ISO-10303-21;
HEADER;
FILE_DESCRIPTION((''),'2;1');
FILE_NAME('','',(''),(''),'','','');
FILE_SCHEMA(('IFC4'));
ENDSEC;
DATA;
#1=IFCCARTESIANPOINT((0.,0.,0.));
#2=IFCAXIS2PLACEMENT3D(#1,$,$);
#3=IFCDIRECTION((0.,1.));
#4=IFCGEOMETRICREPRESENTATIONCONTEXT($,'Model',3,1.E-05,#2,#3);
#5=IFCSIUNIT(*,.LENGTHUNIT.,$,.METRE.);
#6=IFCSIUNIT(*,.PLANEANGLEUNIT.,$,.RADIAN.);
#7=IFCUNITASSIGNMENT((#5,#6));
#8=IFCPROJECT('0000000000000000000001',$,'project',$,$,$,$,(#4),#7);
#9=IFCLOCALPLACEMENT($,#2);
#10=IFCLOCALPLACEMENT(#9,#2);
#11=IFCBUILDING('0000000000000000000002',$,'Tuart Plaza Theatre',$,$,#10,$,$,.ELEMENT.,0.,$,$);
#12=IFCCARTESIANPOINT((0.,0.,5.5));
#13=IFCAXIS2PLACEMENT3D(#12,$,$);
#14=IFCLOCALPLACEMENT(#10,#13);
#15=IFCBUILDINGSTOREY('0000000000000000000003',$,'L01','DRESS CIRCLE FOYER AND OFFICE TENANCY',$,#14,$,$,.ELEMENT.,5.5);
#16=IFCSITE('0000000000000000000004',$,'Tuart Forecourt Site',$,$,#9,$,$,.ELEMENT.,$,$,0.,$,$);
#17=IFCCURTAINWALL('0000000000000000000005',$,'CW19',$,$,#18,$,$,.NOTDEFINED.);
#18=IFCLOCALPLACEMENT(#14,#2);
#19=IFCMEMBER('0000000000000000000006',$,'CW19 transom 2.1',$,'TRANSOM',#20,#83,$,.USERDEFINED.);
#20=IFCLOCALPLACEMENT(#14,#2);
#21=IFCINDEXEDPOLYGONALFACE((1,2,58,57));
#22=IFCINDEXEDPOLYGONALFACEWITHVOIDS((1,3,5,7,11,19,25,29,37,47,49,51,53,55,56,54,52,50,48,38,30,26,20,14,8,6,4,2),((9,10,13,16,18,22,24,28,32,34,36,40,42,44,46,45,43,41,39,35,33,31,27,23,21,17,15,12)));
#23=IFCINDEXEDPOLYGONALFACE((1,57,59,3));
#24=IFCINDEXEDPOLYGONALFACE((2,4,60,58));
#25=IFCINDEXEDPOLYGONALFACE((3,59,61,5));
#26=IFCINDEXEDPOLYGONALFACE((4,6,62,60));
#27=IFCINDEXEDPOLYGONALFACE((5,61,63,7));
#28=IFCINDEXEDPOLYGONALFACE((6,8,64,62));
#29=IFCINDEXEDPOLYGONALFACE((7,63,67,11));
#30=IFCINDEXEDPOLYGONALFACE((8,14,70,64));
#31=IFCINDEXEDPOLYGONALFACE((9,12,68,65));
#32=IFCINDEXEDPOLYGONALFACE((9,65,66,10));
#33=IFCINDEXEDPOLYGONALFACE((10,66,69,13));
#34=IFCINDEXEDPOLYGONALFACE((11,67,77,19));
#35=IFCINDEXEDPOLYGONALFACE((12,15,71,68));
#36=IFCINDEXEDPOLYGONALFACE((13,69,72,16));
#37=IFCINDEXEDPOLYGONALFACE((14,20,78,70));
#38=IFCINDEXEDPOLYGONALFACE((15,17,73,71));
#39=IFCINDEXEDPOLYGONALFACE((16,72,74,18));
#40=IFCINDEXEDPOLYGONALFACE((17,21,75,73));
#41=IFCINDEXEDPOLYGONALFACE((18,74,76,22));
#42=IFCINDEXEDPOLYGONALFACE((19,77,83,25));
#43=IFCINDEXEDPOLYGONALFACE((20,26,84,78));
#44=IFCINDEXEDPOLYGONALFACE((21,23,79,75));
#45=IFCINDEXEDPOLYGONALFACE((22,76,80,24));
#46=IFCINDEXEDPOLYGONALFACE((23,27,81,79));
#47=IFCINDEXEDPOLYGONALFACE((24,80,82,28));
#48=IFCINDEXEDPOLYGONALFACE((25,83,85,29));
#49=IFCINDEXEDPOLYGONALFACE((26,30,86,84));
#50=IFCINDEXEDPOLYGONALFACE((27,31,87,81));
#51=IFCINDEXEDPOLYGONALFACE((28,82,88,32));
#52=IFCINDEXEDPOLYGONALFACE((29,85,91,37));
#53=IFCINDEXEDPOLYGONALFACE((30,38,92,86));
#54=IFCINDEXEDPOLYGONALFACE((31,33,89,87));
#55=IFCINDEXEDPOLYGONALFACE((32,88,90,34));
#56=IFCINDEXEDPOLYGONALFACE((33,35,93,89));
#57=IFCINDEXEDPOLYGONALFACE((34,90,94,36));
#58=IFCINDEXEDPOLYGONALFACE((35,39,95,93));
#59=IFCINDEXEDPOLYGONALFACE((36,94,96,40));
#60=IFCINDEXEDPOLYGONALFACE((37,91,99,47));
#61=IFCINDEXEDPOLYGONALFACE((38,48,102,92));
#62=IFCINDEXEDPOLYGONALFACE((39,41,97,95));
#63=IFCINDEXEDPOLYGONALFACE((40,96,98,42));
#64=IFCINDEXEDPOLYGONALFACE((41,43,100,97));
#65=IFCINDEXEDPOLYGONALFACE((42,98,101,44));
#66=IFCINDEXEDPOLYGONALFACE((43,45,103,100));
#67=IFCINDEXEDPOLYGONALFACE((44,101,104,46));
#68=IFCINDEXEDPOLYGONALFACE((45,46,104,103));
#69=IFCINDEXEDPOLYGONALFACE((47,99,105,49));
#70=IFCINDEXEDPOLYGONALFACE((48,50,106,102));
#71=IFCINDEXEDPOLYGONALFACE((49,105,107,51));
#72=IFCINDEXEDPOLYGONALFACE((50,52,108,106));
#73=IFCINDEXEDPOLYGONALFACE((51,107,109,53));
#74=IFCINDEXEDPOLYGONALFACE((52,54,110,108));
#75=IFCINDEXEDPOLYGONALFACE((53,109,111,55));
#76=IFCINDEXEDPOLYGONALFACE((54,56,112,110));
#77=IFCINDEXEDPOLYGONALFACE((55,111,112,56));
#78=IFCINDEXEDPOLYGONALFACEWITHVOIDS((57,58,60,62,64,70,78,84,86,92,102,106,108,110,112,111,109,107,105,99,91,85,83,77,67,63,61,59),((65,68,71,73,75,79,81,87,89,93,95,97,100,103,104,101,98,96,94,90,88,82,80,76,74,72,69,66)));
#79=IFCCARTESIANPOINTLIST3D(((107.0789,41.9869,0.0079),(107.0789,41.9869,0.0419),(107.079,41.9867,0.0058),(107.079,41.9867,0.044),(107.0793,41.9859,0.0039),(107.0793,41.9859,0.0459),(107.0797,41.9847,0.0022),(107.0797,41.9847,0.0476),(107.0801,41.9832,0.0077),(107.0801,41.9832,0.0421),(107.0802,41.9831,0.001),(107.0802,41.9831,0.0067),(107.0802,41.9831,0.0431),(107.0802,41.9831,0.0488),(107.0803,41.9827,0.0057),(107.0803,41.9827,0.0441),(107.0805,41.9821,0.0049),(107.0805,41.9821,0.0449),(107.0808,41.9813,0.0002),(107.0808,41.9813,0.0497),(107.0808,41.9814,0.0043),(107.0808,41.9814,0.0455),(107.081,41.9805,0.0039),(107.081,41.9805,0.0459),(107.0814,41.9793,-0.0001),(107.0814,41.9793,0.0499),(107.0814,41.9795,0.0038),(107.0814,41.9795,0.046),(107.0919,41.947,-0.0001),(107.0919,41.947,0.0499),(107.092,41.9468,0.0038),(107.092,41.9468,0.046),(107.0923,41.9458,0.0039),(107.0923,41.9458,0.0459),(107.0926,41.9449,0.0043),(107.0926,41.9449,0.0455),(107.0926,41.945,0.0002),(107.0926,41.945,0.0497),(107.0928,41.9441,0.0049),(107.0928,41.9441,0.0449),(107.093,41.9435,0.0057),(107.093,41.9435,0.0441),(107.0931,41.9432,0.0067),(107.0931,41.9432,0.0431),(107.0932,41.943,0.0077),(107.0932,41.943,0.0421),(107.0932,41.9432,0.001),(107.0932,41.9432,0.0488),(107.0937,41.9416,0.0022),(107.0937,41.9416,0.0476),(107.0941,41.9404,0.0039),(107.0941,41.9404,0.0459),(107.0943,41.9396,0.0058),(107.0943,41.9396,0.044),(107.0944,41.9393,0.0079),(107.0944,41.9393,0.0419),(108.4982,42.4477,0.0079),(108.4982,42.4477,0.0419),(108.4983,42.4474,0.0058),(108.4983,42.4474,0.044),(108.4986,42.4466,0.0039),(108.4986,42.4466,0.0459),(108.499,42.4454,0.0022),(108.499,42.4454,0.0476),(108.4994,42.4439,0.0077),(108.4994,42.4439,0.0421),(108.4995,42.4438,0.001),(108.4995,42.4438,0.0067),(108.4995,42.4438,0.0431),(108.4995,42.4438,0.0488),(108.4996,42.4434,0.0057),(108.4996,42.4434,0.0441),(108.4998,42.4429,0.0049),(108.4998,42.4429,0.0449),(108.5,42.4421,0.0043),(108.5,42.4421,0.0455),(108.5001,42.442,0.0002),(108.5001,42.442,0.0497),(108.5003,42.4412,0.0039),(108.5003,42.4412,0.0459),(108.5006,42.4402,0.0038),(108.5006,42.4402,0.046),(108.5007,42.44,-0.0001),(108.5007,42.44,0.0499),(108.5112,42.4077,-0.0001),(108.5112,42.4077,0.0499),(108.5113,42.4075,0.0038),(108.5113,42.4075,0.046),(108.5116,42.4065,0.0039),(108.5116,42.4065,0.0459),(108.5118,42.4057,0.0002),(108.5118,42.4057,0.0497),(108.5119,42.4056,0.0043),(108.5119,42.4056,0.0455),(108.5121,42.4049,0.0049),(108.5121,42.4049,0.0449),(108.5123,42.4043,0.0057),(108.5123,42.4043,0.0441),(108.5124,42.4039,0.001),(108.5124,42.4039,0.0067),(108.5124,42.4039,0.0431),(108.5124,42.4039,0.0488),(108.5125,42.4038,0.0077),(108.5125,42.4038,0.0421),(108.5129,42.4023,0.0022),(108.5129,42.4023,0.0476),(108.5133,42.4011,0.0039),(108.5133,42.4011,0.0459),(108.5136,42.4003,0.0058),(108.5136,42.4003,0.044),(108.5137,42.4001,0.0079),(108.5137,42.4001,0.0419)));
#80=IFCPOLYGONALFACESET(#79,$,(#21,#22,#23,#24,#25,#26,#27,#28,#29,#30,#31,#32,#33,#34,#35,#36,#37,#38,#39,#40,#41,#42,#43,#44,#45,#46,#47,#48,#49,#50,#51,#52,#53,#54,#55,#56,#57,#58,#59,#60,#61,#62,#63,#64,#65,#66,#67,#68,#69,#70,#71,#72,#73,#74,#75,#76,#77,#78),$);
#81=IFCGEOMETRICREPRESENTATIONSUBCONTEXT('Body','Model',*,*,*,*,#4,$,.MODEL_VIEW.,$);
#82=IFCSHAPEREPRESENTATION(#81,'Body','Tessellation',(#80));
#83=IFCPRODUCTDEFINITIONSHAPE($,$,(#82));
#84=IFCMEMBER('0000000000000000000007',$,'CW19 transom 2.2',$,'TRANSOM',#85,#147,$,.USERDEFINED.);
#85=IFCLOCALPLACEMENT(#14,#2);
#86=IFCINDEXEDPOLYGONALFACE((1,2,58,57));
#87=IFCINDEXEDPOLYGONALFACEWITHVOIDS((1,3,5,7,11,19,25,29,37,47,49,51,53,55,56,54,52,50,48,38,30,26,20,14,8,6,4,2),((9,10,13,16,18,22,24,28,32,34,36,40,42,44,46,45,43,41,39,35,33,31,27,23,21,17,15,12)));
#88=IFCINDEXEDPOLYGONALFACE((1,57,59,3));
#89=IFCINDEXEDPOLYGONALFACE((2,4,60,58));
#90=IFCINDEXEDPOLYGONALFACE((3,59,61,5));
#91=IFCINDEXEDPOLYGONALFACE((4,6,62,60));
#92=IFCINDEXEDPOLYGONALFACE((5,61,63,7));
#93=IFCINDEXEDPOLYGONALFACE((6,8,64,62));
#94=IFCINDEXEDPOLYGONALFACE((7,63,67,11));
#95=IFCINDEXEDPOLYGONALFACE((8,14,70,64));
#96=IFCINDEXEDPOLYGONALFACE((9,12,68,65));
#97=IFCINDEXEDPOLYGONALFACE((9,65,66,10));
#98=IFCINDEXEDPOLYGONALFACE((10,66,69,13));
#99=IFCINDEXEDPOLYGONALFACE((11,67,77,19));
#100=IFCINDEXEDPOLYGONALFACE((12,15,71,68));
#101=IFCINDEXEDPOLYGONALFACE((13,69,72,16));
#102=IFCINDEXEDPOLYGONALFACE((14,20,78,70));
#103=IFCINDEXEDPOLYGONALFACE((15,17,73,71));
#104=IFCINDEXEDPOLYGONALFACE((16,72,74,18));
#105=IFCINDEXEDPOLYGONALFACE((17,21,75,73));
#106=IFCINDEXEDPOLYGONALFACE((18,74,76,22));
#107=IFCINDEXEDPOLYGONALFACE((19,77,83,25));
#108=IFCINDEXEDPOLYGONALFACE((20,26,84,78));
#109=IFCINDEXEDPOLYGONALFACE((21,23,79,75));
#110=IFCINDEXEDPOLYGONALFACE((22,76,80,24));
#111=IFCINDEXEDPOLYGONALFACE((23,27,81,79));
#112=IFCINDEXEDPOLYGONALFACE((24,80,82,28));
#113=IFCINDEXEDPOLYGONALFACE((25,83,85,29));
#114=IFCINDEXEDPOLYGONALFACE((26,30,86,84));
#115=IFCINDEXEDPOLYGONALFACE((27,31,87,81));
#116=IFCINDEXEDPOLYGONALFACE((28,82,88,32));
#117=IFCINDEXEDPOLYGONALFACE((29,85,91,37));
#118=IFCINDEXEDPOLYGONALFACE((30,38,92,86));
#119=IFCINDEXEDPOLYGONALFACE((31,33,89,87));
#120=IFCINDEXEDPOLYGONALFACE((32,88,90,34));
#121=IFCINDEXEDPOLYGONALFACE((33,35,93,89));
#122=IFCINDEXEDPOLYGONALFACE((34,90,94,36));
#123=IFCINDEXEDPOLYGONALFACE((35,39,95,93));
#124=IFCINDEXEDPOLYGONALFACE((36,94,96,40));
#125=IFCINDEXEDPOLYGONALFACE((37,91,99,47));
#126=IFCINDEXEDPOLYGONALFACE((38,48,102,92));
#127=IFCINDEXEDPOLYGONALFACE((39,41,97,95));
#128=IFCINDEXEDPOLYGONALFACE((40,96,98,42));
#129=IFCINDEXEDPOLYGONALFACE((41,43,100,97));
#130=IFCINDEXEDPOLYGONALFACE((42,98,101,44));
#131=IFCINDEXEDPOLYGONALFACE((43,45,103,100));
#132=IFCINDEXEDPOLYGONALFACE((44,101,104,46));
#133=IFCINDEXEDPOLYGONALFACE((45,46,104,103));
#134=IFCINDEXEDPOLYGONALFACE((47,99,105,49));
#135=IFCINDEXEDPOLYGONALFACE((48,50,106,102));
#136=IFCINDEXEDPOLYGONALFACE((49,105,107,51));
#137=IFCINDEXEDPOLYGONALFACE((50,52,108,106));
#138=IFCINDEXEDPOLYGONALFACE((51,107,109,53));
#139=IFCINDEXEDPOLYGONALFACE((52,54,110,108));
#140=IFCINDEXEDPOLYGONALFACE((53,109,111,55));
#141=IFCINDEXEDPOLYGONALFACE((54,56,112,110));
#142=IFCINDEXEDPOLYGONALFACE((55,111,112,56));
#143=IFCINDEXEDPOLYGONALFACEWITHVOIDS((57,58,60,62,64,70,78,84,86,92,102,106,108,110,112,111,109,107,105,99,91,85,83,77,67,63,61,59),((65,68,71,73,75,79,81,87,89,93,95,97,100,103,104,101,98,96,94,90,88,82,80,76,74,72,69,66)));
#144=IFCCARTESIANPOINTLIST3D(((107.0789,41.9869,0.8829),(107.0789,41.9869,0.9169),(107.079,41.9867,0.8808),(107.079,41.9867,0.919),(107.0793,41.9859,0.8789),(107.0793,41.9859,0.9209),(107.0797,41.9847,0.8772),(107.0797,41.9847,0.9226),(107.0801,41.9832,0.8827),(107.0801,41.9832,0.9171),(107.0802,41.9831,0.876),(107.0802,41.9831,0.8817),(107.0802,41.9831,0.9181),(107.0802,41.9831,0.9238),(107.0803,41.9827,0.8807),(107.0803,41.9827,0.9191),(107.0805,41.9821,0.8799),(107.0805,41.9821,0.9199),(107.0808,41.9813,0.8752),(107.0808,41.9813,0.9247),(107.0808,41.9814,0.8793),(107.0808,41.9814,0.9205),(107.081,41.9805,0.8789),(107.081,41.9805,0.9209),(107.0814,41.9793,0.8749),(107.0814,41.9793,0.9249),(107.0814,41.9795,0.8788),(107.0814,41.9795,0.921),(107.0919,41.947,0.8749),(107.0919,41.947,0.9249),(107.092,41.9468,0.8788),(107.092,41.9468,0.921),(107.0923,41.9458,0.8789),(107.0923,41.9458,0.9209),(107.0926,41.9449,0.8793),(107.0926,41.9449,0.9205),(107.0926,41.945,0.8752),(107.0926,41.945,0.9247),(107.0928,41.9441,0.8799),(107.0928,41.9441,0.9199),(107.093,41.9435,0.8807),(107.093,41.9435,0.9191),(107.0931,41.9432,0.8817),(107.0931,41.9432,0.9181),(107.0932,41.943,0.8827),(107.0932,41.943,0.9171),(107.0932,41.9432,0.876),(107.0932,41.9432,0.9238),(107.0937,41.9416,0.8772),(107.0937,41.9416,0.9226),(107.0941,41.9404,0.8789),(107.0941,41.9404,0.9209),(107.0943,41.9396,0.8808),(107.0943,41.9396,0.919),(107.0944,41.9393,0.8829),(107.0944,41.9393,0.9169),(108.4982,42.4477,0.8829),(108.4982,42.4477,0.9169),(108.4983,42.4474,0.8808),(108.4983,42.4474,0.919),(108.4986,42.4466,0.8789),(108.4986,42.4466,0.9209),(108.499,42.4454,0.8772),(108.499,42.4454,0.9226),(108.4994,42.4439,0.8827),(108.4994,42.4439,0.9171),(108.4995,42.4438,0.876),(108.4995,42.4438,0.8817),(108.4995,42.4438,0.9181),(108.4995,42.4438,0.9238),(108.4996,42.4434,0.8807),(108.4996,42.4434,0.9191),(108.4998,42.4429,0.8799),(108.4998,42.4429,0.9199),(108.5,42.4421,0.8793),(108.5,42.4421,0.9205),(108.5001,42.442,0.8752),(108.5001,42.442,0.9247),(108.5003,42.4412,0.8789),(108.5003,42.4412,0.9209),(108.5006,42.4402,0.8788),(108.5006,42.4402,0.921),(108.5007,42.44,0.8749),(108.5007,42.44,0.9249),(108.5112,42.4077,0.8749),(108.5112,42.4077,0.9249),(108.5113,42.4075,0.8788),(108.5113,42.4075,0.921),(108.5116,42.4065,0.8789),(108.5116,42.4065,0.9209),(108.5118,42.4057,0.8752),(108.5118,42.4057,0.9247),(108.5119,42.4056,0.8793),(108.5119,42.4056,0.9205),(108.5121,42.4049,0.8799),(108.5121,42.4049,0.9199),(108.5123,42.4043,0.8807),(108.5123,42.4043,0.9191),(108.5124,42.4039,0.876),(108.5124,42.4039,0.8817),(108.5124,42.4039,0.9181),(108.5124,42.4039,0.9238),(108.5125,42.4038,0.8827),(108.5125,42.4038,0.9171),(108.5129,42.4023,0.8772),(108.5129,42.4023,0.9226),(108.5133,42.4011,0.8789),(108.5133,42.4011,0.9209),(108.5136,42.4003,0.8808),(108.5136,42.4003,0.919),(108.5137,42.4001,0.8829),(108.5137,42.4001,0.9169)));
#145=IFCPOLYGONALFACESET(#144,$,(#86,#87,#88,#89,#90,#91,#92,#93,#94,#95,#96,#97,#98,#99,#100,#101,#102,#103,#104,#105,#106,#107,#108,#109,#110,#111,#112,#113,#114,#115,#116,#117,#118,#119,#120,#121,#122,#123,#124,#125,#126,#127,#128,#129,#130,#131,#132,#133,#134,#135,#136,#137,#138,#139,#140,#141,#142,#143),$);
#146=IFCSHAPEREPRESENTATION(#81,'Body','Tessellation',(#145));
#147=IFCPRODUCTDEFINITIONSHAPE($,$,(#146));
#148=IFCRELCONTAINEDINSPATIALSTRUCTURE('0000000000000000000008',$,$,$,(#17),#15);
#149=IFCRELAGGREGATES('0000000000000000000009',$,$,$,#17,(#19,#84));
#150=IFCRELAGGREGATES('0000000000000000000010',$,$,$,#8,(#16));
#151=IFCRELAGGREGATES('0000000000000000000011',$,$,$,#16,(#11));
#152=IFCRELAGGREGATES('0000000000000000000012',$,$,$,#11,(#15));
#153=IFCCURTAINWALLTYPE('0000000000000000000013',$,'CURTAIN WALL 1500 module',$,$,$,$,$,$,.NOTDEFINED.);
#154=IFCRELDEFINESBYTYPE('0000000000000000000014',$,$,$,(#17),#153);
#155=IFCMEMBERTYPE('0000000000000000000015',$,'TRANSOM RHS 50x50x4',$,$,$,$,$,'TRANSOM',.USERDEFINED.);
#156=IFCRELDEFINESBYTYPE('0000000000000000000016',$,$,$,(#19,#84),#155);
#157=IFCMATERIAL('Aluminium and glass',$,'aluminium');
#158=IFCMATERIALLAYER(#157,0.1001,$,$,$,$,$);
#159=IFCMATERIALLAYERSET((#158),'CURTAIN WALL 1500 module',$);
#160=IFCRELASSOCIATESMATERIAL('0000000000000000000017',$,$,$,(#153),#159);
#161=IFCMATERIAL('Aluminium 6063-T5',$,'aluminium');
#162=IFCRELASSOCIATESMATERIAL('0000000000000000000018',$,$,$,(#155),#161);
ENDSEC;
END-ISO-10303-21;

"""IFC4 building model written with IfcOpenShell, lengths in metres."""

from ifc_helpers import new_model, si_unit, direction, frame, origin, origin_2d, place, context, subcontext, project, spatial, hollow_rectangle, extrude, material, layer, layer_set, material_profile, profile_set, type_object, element, aggregate, save


model = new_model("IFC4")

# Units and contexts
model_context = context("Model", 3, precision=1e-05, world=origin(), true_north=direction((0.0, 1.0)))
body_context = subcontext(model_context, "Body", "Model", "MODEL_VIEW")
ifc_project = project(units=[si_unit("LENGTHUNIT", "METRE"), si_unit("PLANEANGLEUNIT", "RADIAN")], contexts=[model_context])

# Site, building, storey
site_placement = place(None, origin())
site = spatial("IfcSite", under=ifc_project, at=site_placement, Name="Tuart Forecourt Site", CompositionType="ELEMENT", RefElevation=0.0)
building_placement = place(site_placement, origin())
building = spatial("IfcBuilding", under=site, at=building_placement, Name="Tuart Plaza Theatre", CompositionType="ELEMENT", ElevationOfRefHeight=0.0)
storey_placement = place(building_placement, frame((0.0, 0.0, 5.5)))
storey = spatial("IfcBuildingStorey", under=building, at=storey_placement, Name="L01", Description="DRESS CIRCLE FOYER AND OFFICE TENANCY", CompositionType="ELEMENT", Elevation=5.5)

# Shared definitions
ifc_material_1 = material(Name="Aluminium and glass", Category="aluminium")
ifc_layer_1 = layer(ifc_material_1, 0.1001)
ifc_layer_set_1 = layer_set([ifc_layer_1], Name="CURTAIN WALL 1500 module")
curtain_wall_type = type_object("IfcCurtainWallType", Name="CURTAIN WALL 1500 module", PredefinedType="NOTDEFINED", material=ifc_layer_set_1)

# Curtain wall
curtain_wall_1_placement = place(storey_placement, origin())
curtain_wall_1 = element("IfcCurtainWall", 1, at=curtain_wall_1_placement, inside=storey, type_object=curtain_wall_type, Name="CW19", PredefinedType="NOTDEFINED")

# Members
ifc_material_2 = material(Name="Aluminium 6063-T5", Category="aluminium")
ifc_material_profile_1 = material_profile(ifc_material_2, hollow_rectangle(XDim=0.05, YDim=0.05, WallThickness=0.0039, InnerFilletRadius=0.0039, OuterFilletRadius=0.0081, at=origin_2d()), Name="RHS 50x50x4")
ifc_profile_set_1 = profile_set([ifc_material_profile_1], Name="Aluminium 6063-T5")
member_type_1 = type_object("IfcMemberType", Name="TRANSOM RHS 50x50x4", ElementType="TRANSOM", PredefinedType="USERDEFINED", material=ifc_profile_set_1)
member_1_placement = place(storey_placement, frame((107.0867, 41.9631, 0.0249), z_axis=(0.951141, 0.308757, 0.0), x_axis=(-0.308757, 0.951141, 0.0)))
member_1 = element("IfcMember", 2, at=member_1_placement, type_object=member_type_1, Name="CW19 transom 2.1", ObjectType="TRANSOM", PredefinedType="USERDEFINED", context=body_context, shape_type="SweptSolid", body=[
    extrude(hollow_rectangle(XDim=0.05, YDim=0.05, WallThickness=0.0039, InnerFilletRadius=0.0039, OuterFilletRadius=0.0081, at=origin_2d()), origin(), (0.0, 0.0, 1.0), 1.4922),
])
member_2_placement = place(storey_placement, frame((107.0867, 41.9631, 0.8999), z_axis=(0.951141, 0.308757, 0.0), x_axis=(-0.308757, 0.951141, 0.0)))
member_2 = element("IfcMember", 3, at=member_2_placement, type_object=member_type_1, Name="CW19 transom 2.2", ObjectType="TRANSOM", PredefinedType="USERDEFINED", context=body_context, shape_type="SweptSolid", body=[
    extrude(hollow_rectangle(XDim=0.05, YDim=0.05, WallThickness=0.0039, InnerFilletRadius=0.0039, OuterFilletRadius=0.0081, at=origin_2d()), origin(), (0.0, 0.0, 1.0), 1.4922),
])

aggregate(curtain_wall_1, [member_1, member_2])

save(model, "model.ifc")
